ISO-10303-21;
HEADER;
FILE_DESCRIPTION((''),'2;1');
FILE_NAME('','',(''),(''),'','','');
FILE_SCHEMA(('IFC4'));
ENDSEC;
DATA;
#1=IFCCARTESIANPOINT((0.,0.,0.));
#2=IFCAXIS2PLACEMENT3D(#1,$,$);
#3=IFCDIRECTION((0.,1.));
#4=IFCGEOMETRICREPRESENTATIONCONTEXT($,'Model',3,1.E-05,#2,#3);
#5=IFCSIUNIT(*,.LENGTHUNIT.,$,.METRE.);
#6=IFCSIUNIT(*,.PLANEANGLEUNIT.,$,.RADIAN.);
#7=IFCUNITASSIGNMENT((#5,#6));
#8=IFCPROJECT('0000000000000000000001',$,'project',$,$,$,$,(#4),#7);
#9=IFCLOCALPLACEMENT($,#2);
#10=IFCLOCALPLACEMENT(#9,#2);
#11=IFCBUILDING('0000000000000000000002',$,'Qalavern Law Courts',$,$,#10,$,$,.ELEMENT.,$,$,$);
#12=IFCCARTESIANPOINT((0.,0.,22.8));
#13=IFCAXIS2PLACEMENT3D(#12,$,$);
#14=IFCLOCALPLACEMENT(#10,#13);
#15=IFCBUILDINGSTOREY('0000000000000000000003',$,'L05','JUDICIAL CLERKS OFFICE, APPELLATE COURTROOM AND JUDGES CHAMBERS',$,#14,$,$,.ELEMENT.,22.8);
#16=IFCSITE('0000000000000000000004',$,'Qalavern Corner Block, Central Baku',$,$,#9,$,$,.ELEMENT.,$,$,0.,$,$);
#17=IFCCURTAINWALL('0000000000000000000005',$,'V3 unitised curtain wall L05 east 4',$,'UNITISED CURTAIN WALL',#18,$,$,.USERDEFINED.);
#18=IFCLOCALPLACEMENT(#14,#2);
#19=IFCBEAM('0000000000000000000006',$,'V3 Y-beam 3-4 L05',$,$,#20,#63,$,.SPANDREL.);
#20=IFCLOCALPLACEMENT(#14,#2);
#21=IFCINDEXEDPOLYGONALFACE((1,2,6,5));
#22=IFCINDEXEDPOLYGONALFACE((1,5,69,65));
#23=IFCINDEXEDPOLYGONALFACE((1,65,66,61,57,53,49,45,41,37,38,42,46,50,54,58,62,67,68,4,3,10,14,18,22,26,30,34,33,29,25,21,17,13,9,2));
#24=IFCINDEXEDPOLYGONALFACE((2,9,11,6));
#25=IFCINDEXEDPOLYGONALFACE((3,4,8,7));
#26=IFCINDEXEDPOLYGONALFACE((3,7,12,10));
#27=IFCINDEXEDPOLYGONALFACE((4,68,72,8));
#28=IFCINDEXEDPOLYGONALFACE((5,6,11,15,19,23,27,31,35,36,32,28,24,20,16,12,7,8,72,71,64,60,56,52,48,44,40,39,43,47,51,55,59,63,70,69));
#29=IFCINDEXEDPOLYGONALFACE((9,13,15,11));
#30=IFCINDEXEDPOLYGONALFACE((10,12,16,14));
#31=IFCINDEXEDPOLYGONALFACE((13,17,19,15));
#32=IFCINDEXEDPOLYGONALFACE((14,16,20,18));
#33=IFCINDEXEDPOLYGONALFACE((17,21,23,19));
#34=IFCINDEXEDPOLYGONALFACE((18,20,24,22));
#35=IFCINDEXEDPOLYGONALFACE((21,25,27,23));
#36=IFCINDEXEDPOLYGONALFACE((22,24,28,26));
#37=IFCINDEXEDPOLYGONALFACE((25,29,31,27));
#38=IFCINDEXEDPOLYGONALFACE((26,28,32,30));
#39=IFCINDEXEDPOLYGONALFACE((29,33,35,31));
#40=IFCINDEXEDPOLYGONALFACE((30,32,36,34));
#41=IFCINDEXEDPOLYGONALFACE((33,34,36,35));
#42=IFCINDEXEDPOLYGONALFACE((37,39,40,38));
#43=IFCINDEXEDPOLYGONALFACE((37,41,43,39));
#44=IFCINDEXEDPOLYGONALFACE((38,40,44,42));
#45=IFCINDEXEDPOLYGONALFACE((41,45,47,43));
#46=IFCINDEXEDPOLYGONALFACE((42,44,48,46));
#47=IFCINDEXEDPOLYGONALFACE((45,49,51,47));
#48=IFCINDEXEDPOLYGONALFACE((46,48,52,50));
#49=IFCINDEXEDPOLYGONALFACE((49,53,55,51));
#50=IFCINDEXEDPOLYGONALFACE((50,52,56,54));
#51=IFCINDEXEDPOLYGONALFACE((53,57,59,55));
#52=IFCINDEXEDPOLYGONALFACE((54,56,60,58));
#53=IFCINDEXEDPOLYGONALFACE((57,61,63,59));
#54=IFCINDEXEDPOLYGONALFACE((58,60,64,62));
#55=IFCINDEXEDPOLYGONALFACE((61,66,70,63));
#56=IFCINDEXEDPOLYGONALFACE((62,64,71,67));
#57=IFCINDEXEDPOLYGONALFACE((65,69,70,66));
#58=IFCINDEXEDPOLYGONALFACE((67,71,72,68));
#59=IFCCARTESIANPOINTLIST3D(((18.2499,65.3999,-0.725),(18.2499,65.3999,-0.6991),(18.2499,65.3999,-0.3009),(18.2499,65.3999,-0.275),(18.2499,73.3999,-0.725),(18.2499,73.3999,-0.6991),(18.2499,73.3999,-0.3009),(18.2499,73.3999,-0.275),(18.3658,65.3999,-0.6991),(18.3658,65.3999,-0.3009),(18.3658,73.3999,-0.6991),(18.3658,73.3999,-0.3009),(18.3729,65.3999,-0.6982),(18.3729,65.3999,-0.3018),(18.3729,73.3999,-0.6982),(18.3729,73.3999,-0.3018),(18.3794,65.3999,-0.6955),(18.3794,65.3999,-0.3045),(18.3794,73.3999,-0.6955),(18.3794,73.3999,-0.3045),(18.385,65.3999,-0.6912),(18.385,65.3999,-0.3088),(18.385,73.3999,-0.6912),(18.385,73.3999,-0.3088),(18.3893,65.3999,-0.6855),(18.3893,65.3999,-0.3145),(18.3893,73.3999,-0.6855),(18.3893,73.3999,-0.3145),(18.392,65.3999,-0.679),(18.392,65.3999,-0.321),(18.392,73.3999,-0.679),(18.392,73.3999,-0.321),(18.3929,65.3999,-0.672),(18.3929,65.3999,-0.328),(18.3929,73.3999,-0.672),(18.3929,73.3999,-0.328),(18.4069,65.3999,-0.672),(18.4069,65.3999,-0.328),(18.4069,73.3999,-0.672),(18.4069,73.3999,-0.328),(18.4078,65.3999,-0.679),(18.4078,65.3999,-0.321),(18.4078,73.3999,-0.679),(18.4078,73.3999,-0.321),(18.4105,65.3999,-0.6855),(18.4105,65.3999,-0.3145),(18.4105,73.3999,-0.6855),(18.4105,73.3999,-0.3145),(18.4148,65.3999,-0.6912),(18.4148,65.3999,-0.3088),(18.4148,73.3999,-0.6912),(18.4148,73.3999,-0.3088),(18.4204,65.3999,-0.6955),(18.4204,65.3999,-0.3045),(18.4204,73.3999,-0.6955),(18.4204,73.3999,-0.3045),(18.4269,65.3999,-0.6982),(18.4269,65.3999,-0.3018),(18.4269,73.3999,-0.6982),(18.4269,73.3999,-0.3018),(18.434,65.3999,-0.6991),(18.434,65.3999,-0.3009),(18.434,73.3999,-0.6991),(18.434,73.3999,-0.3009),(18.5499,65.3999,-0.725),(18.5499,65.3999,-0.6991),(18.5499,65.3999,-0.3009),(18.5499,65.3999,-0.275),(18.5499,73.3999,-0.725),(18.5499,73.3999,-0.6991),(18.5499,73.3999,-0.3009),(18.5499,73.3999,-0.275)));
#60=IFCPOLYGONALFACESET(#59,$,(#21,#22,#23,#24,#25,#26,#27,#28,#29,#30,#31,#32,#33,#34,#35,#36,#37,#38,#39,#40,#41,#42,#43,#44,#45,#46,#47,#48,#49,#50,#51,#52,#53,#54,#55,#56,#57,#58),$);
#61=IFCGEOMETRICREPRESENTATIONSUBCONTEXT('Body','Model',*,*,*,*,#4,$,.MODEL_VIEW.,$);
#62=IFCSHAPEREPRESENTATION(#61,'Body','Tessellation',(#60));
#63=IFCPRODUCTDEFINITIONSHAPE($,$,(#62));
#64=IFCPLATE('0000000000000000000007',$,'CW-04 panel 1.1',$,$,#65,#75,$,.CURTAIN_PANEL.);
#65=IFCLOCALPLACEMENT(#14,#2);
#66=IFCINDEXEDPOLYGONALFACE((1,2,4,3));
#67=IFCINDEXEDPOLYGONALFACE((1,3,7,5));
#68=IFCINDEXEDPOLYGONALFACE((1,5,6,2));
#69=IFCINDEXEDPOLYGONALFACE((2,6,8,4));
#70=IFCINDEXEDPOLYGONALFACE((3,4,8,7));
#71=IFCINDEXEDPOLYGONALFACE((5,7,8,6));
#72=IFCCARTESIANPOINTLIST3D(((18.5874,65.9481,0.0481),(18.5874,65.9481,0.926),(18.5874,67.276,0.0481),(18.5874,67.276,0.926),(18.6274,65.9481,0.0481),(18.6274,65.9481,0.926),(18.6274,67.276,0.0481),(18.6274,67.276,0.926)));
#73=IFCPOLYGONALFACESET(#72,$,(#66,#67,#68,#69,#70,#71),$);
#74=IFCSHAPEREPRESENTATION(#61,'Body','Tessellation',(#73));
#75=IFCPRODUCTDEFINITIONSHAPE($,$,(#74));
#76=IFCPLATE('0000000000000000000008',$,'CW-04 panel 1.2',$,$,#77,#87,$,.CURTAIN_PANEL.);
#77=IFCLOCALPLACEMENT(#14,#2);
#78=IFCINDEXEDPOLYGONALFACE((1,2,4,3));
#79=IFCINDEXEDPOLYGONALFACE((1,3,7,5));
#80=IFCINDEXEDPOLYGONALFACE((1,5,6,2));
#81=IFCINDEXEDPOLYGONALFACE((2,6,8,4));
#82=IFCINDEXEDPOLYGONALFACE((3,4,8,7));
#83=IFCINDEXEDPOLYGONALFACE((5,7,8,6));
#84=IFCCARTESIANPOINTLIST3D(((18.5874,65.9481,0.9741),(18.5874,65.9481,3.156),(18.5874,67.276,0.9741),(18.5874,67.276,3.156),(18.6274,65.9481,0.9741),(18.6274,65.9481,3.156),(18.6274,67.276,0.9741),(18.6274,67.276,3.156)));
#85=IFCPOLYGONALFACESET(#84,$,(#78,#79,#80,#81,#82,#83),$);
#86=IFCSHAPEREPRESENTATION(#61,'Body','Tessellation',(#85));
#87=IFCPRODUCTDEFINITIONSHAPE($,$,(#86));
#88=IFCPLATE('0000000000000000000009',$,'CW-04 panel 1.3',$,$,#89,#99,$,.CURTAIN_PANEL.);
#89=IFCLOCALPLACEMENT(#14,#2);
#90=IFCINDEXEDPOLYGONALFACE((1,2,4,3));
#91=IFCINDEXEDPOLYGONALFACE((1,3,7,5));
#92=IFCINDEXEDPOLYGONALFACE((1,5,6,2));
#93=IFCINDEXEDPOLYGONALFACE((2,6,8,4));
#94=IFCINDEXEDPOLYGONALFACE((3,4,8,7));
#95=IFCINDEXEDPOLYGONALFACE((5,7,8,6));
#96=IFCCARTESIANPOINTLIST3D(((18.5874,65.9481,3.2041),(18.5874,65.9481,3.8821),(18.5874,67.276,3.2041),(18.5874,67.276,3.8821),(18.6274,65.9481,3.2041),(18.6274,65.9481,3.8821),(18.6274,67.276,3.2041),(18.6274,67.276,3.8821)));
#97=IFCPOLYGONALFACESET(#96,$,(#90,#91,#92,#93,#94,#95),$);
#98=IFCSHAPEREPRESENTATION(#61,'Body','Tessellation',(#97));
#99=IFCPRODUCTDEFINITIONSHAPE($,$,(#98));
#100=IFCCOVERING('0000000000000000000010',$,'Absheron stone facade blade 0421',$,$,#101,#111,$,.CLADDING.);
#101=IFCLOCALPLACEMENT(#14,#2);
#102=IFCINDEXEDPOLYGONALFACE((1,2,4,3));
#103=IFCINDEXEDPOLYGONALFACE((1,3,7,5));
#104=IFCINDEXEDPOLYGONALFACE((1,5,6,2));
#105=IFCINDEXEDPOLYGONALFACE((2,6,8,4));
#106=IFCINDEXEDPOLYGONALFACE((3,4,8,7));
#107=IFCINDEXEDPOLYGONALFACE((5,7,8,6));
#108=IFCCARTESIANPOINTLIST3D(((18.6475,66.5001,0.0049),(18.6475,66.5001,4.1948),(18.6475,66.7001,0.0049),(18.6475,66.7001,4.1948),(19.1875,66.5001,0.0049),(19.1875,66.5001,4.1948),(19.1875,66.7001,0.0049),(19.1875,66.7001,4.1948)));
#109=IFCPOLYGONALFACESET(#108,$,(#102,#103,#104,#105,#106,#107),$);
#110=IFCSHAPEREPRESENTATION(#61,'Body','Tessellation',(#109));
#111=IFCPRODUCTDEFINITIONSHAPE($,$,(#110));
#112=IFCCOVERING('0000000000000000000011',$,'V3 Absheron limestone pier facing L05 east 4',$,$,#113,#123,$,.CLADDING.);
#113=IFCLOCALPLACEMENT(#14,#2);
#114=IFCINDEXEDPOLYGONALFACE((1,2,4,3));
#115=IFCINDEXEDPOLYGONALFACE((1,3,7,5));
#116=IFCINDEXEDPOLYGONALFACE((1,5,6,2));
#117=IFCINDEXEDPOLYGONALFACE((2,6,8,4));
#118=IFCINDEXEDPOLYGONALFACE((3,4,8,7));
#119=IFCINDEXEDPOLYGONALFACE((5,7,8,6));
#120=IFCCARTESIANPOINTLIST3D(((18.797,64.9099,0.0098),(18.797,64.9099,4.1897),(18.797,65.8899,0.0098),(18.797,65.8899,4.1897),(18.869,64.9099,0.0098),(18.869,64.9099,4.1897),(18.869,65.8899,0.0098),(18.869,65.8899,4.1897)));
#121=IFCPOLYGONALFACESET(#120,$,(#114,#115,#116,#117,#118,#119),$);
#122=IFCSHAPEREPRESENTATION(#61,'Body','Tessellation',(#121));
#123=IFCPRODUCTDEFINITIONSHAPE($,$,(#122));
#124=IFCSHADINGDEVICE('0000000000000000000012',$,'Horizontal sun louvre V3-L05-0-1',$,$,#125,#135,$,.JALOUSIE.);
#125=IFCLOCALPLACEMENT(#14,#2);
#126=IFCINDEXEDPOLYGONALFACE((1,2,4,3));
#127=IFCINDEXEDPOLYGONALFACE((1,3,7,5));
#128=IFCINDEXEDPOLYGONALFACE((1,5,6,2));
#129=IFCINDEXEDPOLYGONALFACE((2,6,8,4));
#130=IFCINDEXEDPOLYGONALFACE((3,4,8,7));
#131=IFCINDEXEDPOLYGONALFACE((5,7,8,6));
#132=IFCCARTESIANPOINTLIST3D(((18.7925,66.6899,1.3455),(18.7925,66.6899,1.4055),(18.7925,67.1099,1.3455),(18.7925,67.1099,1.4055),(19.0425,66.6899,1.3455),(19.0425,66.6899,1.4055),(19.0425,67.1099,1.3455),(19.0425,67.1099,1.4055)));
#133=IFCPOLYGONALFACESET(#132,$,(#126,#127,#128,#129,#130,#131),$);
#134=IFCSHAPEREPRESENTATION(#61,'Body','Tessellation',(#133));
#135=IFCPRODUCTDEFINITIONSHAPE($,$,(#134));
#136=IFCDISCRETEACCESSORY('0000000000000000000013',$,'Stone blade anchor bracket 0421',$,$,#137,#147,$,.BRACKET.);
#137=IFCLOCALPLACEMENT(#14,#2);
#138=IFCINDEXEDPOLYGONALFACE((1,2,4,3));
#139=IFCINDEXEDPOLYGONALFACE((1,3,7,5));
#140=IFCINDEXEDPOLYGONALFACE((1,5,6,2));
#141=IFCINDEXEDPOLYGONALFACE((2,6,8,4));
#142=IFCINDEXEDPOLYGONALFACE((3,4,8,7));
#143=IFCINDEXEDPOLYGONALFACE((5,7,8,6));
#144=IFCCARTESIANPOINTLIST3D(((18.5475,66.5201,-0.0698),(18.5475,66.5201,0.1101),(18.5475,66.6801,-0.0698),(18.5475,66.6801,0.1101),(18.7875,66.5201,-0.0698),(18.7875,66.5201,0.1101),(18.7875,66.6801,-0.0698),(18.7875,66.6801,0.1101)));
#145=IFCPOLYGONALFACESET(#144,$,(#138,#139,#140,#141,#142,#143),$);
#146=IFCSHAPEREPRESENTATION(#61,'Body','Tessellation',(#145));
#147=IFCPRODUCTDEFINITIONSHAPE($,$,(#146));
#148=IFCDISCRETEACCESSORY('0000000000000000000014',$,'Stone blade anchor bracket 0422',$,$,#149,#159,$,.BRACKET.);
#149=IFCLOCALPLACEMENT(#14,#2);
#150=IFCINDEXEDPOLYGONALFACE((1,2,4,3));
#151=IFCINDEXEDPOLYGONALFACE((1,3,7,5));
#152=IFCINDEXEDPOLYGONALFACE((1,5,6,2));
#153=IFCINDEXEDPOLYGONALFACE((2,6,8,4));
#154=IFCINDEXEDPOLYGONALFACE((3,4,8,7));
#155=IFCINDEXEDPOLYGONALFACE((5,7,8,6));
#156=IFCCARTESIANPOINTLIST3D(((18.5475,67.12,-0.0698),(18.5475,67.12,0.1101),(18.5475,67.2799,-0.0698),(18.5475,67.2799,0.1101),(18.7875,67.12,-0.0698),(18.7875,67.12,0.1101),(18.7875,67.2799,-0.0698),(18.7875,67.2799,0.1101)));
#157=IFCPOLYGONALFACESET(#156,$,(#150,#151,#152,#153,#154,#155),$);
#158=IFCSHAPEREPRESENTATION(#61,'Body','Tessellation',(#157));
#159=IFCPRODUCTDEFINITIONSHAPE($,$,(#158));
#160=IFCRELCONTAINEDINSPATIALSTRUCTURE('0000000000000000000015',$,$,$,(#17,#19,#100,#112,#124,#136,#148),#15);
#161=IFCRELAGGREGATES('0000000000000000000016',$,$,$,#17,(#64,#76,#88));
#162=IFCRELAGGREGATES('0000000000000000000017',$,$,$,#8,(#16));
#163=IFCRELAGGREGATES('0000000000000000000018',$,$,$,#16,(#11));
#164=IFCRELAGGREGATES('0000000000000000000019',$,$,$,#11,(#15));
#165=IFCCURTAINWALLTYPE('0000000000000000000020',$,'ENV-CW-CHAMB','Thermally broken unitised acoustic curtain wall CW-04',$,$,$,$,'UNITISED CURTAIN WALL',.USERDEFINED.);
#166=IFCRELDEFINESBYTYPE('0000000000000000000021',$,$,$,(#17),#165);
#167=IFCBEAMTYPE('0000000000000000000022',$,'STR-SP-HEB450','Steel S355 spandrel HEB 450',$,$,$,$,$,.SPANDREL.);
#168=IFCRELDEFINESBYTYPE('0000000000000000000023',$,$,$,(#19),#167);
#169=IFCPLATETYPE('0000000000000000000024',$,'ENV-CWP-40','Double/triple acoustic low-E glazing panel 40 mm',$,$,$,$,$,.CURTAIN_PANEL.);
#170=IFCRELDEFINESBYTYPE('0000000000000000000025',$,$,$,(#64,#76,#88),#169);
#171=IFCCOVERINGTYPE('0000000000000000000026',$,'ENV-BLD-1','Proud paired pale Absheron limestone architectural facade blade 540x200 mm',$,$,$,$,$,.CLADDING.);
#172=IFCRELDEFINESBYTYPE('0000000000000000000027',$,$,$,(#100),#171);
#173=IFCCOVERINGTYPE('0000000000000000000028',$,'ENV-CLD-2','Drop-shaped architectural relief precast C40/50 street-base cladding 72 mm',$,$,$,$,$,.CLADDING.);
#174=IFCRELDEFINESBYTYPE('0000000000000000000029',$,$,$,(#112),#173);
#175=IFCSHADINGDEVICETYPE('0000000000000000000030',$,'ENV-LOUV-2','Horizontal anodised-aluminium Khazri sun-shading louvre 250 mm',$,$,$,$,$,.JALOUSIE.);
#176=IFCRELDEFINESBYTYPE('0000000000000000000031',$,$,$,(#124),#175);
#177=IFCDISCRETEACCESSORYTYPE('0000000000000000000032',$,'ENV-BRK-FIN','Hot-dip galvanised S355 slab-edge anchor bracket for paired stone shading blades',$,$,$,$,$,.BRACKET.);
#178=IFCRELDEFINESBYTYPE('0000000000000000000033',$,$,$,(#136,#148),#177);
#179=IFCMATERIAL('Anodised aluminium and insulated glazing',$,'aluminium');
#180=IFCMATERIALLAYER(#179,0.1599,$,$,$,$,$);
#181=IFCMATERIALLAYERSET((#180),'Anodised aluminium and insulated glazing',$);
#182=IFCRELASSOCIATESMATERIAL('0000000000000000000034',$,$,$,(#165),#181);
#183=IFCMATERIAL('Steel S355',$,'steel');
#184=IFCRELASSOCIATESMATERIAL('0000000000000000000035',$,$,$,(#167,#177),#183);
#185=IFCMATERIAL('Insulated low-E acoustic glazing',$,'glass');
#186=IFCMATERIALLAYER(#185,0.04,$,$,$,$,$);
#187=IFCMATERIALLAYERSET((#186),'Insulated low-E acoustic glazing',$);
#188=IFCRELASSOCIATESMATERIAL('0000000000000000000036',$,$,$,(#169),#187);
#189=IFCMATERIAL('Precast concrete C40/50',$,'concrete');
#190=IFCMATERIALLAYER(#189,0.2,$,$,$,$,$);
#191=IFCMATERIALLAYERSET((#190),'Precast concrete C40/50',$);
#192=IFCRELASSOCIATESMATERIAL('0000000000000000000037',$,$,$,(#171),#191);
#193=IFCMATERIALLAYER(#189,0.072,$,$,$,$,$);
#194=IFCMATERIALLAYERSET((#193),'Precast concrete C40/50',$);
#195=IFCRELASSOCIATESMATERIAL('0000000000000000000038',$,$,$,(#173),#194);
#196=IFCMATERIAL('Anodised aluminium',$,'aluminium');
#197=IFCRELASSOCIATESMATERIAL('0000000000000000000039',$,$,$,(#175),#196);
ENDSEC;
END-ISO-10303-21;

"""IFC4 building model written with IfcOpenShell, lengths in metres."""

from ifc_helpers import new_model, si_unit, direction, frame, origin, origin_2d, place, context, subcontext, project, spatial, rectangle, i_section, extrude, material, layer, layer_set, material_profile, profile_set, type_object, element, aggregate, save


model = new_model("IFC4")

# Units and contexts
model_context = context("Model", 3, precision=1e-05, world=origin(), true_north=direction((0.0, 1.0)))
body_context = subcontext(model_context, "Body", "Model", "MODEL_VIEW")
ifc_project = project(units=[si_unit("LENGTHUNIT", "METRE"), si_unit("PLANEANGLEUNIT", "RADIAN")], contexts=[model_context])

# Site, building, storey
site_placement = place(None, origin())
site = spatial("IfcSite", under=ifc_project, at=site_placement, Name="Qalavern Corner Block, Central Baku", CompositionType="ELEMENT", RefElevation=0.0)
building_placement = place(site_placement, origin())
building = spatial("IfcBuilding", under=site, at=building_placement, Name="Qalavern Law Courts", CompositionType="ELEMENT")
storey_placement = place(building_placement, frame((0.0, 0.0, 22.8)))
storey = spatial("IfcBuildingStorey", under=building, at=storey_placement, Name="L05", Description="JUDICIAL CLERKS OFFICE, APPELLATE COURTROOM AND JUDGES CHAMBERS", CompositionType="ELEMENT", Elevation=22.8)

# Curtain wall
ifc_material_1 = material(Name="Anodised aluminium and insulated glazing", Category="aluminium")
ifc_layer_1 = layer(ifc_material_1, 0.1599)
ifc_layer_set_1 = layer_set([ifc_layer_1], Name="Anodised aluminium and insulated glazing")
curtain_wall_type = type_object("IfcCurtainWallType", Name="ENV-CW-CHAMB", Description="Thermally broken unitised acoustic curtain wall CW-04", ElementType="UNITISED CURTAIN WALL", PredefinedType="USERDEFINED", material=ifc_layer_set_1)
curtain_wall_placement = place(storey_placement, origin())
curtain_wall = element("IfcCurtainWall", 1, at=curtain_wall_placement, inside=storey, type_object=curtain_wall_type, Name="V3 unitised curtain wall L05 east 4", ObjectType="UNITISED CURTAIN WALL", PredefinedType="USERDEFINED")
ifc_material_2 = material(Name="Anodised aluminium", Category="aluminium")

# Beam
ifc_material_3 = material(Name="Steel S355", Category="steel")
ifc_material_profile_1 = material_profile(ifc_material_3, i_section(OverallWidth=0.3, OverallDepth=0.45, WebThickness=0.0139, FlangeThickness=0.0259, FilletRadius=0.0271, at=origin_2d()), Name="HEB 450")
ifc_profile_set_1 = profile_set([ifc_material_profile_1], Name="Steel S355")
beam_type = type_object("IfcBeamType", Name="STR-SP-HEB450", Description="Steel S355 spandrel HEB 450", PredefinedType="SPANDREL", material=ifc_profile_set_1)
beam_placement = place(storey_placement, frame((18.3999, 65.3999, -0.5), z_axis=(0.0, 1.0, 0.0), x_axis=(-1.0, 0.0, 0.0)))
element("IfcBeam", 2, at=beam_placement, inside=storey, type_object=beam_type, Name="V3 Y-beam 3-4 L05", PredefinedType="SPANDREL", context=body_context, shape_type="SweptSolid", body=[
    extrude(i_section(OverallWidth=0.3, OverallDepth=0.45, WebThickness=0.0139, FlangeThickness=0.0259, FilletRadius=0.0271, at=origin_2d()), origin(), (0.0, 0.0, 1.0), 8.0),
])

# Plates
ifc_material_4 = material(Name="Insulated low-E acoustic glazing", Category="glass")
ifc_layer_2 = layer(ifc_material_4, 0.04)
ifc_layer_set_2 = layer_set([ifc_layer_2], Name="Insulated low-E acoustic glazing")
plate_type = type_object("IfcPlateType", Name="ENV-CWP-40", Description="Double/triple acoustic low-E glazing panel 40 mm", PredefinedType="CURTAIN_PANEL", material=ifc_layer_set_2)
plate_1_placement = place(storey_placement, frame((18.6074, 66.6121, 0.0481), z_axis=(0.0, 0.0, 1.0), x_axis=(0.0, 1.0, 0.0)))
plate_1 = element("IfcPlate", 3, at=plate_1_placement, type_object=plate_type, Name="CW-04 panel 1.1", PredefinedType="CURTAIN_PANEL", context=body_context, shape_type="SweptSolid", body=[
    extrude(rectangle(XDim=1.3279, YDim=0.04, at=origin_2d()), origin(), (0.0, 0.0, 1.0), 0.8779),
])
plate_2_placement = place(storey_placement, frame((18.6074, 66.6121, 0.9741), z_axis=(0.0, 0.0, 1.0), x_axis=(0.0, 1.0, 0.0)))
plate_2 = element("IfcPlate", 4, at=plate_2_placement, type_object=plate_type, Name="CW-04 panel 1.2", PredefinedType="CURTAIN_PANEL", context=body_context, shape_type="SweptSolid", body=[
    extrude(rectangle(XDim=1.3279, YDim=0.04, at=origin_2d()), origin(), (0.0, 0.0, 1.0), 2.1819),
])
plate_3_placement = place(storey_placement, frame((18.6074, 66.6121, 3.2041), z_axis=(0.0, 0.0, 1.0), x_axis=(0.0, 1.0, 0.0)))
plate_3 = element("IfcPlate", 5, at=plate_3_placement, type_object=plate_type, Name="CW-04 panel 1.3", PredefinedType="CURTAIN_PANEL", context=body_context, shape_type="SweptSolid", body=[
    extrude(rectangle(XDim=1.3279, YDim=0.04, at=origin_2d()), origin(), (0.0, 0.0, 1.0), 0.678),
])
aggregate(curtain_wall, [plate_1, plate_2, plate_3])

# Coverings
ifc_material_5 = material(Name="Precast concrete C40/50", Category="concrete")
ifc_layer_3 = layer(ifc_material_5, 0.2)
ifc_layer_set_3 = layer_set([ifc_layer_3], Name="Precast concrete C40/50")
covering_type_1 = type_object("IfcCoveringType", Name="ENV-BLD-1", Description="Proud paired pale Absheron limestone architectural facade blade 540x200 mm", PredefinedType="CLADDING", material=ifc_layer_set_3)
covering_1_placement = place(storey_placement, frame((18.9175, 66.6001, 0.0049), z_axis=(0.0, 0.0, 1.0), x_axis=(1.0, 0.0, 0.0)))
element("IfcCovering", 6, at=covering_1_placement, inside=storey, type_object=covering_type_1, Name="Absheron stone facade blade 0421", PredefinedType="CLADDING", context=body_context, shape_type="SweptSolid", body=[
    extrude(rectangle(XDim=0.54, YDim=0.2, at=origin_2d()), origin(), (0.0, 0.0, 1.0), 4.1899),
])
ifc_layer_4 = layer(ifc_material_5, 0.072)
ifc_layer_set_4 = layer_set([ifc_layer_4], Name="Precast concrete C40/50")
covering_type_2 = type_object("IfcCoveringType", Name="ENV-CLD-2", Description="Drop-shaped architectural relief precast C40/50 street-base cladding 72 mm", PredefinedType="CLADDING", material=ifc_layer_set_4)
covering_2_placement = place(storey_placement, frame((18.833, 65.3999, 0.0098), z_axis=(0.0, 0.0, 1.0), x_axis=(0.0, 1.0, 0.0)))
element("IfcCovering", 7, at=covering_2_placement, inside=storey, type_object=covering_type_2, Name="V3 Absheron limestone pier facing L05 east 4", PredefinedType="CLADDING", context=body_context, shape_type="SweptSolid", body=[
    extrude(rectangle(XDim=0.98, YDim=0.072, at=origin_2d()), origin(), (0.0, 0.0, 1.0), 4.1799),
])

# Shading device
shading_device_type = type_object("IfcShadingDeviceType", Name="ENV-LOUV-2", Description="Horizontal anodised-aluminium Khazri sun-shading louvre 250 mm", PredefinedType="JALOUSIE", material=ifc_material_2)
shading_device_placement = place(storey_placement, frame((18.9175, 66.8999, 1.3455), z_axis=(0.0, 0.0, 1.0), x_axis=(0.0, 1.0, 0.0)))
element("IfcShadingDevice", 8, at=shading_device_placement, inside=storey, type_object=shading_device_type, Name="Horizontal sun louvre V3-L05-0-1", PredefinedType="JALOUSIE", context=body_context, shape_type="SweptSolid", body=[
    extrude(rectangle(XDim=0.4199, YDim=0.25, at=origin_2d()), origin(), (0.0, 0.0, 1.0), 0.0601),
])

# Discrete accessories
discrete_accessory_type = type_object("IfcDiscreteAccessoryType", Name="ENV-BRK-FIN", Description="Hot-dip galvanised S355 slab-edge anchor bracket for paired stone shading blades", PredefinedType="BRACKET", material=ifc_material_3)
for number, where, z_axis, x_axis, name in (
    (9, (18.6675, 66.6001, -0.0698), (0.0, 0.0, 1.0), (1.0, 0.0, 0.0), "Stone blade anchor bracket 0421"),
    (10, (18.6675, 67.2, -0.0698), (0.0, 0.0, 1.0), (1.0, 0.0, 0.0), "Stone blade anchor bracket 0422"),
):
    element("IfcDiscreteAccessory", number, at=place(storey_placement, frame(where, z_axis=z_axis, x_axis=x_axis)), inside=storey, type_object=discrete_accessory_type, Name=name, PredefinedType="BRACKET", context=body_context, shape_type="SweptSolid", body=[
        extrude(rectangle(XDim=0.24, YDim=0.1599, at=origin_2d()), origin(), (0.0, 0.0, 1.0), 0.1799),
    ])

save(model, "model.ifc")
